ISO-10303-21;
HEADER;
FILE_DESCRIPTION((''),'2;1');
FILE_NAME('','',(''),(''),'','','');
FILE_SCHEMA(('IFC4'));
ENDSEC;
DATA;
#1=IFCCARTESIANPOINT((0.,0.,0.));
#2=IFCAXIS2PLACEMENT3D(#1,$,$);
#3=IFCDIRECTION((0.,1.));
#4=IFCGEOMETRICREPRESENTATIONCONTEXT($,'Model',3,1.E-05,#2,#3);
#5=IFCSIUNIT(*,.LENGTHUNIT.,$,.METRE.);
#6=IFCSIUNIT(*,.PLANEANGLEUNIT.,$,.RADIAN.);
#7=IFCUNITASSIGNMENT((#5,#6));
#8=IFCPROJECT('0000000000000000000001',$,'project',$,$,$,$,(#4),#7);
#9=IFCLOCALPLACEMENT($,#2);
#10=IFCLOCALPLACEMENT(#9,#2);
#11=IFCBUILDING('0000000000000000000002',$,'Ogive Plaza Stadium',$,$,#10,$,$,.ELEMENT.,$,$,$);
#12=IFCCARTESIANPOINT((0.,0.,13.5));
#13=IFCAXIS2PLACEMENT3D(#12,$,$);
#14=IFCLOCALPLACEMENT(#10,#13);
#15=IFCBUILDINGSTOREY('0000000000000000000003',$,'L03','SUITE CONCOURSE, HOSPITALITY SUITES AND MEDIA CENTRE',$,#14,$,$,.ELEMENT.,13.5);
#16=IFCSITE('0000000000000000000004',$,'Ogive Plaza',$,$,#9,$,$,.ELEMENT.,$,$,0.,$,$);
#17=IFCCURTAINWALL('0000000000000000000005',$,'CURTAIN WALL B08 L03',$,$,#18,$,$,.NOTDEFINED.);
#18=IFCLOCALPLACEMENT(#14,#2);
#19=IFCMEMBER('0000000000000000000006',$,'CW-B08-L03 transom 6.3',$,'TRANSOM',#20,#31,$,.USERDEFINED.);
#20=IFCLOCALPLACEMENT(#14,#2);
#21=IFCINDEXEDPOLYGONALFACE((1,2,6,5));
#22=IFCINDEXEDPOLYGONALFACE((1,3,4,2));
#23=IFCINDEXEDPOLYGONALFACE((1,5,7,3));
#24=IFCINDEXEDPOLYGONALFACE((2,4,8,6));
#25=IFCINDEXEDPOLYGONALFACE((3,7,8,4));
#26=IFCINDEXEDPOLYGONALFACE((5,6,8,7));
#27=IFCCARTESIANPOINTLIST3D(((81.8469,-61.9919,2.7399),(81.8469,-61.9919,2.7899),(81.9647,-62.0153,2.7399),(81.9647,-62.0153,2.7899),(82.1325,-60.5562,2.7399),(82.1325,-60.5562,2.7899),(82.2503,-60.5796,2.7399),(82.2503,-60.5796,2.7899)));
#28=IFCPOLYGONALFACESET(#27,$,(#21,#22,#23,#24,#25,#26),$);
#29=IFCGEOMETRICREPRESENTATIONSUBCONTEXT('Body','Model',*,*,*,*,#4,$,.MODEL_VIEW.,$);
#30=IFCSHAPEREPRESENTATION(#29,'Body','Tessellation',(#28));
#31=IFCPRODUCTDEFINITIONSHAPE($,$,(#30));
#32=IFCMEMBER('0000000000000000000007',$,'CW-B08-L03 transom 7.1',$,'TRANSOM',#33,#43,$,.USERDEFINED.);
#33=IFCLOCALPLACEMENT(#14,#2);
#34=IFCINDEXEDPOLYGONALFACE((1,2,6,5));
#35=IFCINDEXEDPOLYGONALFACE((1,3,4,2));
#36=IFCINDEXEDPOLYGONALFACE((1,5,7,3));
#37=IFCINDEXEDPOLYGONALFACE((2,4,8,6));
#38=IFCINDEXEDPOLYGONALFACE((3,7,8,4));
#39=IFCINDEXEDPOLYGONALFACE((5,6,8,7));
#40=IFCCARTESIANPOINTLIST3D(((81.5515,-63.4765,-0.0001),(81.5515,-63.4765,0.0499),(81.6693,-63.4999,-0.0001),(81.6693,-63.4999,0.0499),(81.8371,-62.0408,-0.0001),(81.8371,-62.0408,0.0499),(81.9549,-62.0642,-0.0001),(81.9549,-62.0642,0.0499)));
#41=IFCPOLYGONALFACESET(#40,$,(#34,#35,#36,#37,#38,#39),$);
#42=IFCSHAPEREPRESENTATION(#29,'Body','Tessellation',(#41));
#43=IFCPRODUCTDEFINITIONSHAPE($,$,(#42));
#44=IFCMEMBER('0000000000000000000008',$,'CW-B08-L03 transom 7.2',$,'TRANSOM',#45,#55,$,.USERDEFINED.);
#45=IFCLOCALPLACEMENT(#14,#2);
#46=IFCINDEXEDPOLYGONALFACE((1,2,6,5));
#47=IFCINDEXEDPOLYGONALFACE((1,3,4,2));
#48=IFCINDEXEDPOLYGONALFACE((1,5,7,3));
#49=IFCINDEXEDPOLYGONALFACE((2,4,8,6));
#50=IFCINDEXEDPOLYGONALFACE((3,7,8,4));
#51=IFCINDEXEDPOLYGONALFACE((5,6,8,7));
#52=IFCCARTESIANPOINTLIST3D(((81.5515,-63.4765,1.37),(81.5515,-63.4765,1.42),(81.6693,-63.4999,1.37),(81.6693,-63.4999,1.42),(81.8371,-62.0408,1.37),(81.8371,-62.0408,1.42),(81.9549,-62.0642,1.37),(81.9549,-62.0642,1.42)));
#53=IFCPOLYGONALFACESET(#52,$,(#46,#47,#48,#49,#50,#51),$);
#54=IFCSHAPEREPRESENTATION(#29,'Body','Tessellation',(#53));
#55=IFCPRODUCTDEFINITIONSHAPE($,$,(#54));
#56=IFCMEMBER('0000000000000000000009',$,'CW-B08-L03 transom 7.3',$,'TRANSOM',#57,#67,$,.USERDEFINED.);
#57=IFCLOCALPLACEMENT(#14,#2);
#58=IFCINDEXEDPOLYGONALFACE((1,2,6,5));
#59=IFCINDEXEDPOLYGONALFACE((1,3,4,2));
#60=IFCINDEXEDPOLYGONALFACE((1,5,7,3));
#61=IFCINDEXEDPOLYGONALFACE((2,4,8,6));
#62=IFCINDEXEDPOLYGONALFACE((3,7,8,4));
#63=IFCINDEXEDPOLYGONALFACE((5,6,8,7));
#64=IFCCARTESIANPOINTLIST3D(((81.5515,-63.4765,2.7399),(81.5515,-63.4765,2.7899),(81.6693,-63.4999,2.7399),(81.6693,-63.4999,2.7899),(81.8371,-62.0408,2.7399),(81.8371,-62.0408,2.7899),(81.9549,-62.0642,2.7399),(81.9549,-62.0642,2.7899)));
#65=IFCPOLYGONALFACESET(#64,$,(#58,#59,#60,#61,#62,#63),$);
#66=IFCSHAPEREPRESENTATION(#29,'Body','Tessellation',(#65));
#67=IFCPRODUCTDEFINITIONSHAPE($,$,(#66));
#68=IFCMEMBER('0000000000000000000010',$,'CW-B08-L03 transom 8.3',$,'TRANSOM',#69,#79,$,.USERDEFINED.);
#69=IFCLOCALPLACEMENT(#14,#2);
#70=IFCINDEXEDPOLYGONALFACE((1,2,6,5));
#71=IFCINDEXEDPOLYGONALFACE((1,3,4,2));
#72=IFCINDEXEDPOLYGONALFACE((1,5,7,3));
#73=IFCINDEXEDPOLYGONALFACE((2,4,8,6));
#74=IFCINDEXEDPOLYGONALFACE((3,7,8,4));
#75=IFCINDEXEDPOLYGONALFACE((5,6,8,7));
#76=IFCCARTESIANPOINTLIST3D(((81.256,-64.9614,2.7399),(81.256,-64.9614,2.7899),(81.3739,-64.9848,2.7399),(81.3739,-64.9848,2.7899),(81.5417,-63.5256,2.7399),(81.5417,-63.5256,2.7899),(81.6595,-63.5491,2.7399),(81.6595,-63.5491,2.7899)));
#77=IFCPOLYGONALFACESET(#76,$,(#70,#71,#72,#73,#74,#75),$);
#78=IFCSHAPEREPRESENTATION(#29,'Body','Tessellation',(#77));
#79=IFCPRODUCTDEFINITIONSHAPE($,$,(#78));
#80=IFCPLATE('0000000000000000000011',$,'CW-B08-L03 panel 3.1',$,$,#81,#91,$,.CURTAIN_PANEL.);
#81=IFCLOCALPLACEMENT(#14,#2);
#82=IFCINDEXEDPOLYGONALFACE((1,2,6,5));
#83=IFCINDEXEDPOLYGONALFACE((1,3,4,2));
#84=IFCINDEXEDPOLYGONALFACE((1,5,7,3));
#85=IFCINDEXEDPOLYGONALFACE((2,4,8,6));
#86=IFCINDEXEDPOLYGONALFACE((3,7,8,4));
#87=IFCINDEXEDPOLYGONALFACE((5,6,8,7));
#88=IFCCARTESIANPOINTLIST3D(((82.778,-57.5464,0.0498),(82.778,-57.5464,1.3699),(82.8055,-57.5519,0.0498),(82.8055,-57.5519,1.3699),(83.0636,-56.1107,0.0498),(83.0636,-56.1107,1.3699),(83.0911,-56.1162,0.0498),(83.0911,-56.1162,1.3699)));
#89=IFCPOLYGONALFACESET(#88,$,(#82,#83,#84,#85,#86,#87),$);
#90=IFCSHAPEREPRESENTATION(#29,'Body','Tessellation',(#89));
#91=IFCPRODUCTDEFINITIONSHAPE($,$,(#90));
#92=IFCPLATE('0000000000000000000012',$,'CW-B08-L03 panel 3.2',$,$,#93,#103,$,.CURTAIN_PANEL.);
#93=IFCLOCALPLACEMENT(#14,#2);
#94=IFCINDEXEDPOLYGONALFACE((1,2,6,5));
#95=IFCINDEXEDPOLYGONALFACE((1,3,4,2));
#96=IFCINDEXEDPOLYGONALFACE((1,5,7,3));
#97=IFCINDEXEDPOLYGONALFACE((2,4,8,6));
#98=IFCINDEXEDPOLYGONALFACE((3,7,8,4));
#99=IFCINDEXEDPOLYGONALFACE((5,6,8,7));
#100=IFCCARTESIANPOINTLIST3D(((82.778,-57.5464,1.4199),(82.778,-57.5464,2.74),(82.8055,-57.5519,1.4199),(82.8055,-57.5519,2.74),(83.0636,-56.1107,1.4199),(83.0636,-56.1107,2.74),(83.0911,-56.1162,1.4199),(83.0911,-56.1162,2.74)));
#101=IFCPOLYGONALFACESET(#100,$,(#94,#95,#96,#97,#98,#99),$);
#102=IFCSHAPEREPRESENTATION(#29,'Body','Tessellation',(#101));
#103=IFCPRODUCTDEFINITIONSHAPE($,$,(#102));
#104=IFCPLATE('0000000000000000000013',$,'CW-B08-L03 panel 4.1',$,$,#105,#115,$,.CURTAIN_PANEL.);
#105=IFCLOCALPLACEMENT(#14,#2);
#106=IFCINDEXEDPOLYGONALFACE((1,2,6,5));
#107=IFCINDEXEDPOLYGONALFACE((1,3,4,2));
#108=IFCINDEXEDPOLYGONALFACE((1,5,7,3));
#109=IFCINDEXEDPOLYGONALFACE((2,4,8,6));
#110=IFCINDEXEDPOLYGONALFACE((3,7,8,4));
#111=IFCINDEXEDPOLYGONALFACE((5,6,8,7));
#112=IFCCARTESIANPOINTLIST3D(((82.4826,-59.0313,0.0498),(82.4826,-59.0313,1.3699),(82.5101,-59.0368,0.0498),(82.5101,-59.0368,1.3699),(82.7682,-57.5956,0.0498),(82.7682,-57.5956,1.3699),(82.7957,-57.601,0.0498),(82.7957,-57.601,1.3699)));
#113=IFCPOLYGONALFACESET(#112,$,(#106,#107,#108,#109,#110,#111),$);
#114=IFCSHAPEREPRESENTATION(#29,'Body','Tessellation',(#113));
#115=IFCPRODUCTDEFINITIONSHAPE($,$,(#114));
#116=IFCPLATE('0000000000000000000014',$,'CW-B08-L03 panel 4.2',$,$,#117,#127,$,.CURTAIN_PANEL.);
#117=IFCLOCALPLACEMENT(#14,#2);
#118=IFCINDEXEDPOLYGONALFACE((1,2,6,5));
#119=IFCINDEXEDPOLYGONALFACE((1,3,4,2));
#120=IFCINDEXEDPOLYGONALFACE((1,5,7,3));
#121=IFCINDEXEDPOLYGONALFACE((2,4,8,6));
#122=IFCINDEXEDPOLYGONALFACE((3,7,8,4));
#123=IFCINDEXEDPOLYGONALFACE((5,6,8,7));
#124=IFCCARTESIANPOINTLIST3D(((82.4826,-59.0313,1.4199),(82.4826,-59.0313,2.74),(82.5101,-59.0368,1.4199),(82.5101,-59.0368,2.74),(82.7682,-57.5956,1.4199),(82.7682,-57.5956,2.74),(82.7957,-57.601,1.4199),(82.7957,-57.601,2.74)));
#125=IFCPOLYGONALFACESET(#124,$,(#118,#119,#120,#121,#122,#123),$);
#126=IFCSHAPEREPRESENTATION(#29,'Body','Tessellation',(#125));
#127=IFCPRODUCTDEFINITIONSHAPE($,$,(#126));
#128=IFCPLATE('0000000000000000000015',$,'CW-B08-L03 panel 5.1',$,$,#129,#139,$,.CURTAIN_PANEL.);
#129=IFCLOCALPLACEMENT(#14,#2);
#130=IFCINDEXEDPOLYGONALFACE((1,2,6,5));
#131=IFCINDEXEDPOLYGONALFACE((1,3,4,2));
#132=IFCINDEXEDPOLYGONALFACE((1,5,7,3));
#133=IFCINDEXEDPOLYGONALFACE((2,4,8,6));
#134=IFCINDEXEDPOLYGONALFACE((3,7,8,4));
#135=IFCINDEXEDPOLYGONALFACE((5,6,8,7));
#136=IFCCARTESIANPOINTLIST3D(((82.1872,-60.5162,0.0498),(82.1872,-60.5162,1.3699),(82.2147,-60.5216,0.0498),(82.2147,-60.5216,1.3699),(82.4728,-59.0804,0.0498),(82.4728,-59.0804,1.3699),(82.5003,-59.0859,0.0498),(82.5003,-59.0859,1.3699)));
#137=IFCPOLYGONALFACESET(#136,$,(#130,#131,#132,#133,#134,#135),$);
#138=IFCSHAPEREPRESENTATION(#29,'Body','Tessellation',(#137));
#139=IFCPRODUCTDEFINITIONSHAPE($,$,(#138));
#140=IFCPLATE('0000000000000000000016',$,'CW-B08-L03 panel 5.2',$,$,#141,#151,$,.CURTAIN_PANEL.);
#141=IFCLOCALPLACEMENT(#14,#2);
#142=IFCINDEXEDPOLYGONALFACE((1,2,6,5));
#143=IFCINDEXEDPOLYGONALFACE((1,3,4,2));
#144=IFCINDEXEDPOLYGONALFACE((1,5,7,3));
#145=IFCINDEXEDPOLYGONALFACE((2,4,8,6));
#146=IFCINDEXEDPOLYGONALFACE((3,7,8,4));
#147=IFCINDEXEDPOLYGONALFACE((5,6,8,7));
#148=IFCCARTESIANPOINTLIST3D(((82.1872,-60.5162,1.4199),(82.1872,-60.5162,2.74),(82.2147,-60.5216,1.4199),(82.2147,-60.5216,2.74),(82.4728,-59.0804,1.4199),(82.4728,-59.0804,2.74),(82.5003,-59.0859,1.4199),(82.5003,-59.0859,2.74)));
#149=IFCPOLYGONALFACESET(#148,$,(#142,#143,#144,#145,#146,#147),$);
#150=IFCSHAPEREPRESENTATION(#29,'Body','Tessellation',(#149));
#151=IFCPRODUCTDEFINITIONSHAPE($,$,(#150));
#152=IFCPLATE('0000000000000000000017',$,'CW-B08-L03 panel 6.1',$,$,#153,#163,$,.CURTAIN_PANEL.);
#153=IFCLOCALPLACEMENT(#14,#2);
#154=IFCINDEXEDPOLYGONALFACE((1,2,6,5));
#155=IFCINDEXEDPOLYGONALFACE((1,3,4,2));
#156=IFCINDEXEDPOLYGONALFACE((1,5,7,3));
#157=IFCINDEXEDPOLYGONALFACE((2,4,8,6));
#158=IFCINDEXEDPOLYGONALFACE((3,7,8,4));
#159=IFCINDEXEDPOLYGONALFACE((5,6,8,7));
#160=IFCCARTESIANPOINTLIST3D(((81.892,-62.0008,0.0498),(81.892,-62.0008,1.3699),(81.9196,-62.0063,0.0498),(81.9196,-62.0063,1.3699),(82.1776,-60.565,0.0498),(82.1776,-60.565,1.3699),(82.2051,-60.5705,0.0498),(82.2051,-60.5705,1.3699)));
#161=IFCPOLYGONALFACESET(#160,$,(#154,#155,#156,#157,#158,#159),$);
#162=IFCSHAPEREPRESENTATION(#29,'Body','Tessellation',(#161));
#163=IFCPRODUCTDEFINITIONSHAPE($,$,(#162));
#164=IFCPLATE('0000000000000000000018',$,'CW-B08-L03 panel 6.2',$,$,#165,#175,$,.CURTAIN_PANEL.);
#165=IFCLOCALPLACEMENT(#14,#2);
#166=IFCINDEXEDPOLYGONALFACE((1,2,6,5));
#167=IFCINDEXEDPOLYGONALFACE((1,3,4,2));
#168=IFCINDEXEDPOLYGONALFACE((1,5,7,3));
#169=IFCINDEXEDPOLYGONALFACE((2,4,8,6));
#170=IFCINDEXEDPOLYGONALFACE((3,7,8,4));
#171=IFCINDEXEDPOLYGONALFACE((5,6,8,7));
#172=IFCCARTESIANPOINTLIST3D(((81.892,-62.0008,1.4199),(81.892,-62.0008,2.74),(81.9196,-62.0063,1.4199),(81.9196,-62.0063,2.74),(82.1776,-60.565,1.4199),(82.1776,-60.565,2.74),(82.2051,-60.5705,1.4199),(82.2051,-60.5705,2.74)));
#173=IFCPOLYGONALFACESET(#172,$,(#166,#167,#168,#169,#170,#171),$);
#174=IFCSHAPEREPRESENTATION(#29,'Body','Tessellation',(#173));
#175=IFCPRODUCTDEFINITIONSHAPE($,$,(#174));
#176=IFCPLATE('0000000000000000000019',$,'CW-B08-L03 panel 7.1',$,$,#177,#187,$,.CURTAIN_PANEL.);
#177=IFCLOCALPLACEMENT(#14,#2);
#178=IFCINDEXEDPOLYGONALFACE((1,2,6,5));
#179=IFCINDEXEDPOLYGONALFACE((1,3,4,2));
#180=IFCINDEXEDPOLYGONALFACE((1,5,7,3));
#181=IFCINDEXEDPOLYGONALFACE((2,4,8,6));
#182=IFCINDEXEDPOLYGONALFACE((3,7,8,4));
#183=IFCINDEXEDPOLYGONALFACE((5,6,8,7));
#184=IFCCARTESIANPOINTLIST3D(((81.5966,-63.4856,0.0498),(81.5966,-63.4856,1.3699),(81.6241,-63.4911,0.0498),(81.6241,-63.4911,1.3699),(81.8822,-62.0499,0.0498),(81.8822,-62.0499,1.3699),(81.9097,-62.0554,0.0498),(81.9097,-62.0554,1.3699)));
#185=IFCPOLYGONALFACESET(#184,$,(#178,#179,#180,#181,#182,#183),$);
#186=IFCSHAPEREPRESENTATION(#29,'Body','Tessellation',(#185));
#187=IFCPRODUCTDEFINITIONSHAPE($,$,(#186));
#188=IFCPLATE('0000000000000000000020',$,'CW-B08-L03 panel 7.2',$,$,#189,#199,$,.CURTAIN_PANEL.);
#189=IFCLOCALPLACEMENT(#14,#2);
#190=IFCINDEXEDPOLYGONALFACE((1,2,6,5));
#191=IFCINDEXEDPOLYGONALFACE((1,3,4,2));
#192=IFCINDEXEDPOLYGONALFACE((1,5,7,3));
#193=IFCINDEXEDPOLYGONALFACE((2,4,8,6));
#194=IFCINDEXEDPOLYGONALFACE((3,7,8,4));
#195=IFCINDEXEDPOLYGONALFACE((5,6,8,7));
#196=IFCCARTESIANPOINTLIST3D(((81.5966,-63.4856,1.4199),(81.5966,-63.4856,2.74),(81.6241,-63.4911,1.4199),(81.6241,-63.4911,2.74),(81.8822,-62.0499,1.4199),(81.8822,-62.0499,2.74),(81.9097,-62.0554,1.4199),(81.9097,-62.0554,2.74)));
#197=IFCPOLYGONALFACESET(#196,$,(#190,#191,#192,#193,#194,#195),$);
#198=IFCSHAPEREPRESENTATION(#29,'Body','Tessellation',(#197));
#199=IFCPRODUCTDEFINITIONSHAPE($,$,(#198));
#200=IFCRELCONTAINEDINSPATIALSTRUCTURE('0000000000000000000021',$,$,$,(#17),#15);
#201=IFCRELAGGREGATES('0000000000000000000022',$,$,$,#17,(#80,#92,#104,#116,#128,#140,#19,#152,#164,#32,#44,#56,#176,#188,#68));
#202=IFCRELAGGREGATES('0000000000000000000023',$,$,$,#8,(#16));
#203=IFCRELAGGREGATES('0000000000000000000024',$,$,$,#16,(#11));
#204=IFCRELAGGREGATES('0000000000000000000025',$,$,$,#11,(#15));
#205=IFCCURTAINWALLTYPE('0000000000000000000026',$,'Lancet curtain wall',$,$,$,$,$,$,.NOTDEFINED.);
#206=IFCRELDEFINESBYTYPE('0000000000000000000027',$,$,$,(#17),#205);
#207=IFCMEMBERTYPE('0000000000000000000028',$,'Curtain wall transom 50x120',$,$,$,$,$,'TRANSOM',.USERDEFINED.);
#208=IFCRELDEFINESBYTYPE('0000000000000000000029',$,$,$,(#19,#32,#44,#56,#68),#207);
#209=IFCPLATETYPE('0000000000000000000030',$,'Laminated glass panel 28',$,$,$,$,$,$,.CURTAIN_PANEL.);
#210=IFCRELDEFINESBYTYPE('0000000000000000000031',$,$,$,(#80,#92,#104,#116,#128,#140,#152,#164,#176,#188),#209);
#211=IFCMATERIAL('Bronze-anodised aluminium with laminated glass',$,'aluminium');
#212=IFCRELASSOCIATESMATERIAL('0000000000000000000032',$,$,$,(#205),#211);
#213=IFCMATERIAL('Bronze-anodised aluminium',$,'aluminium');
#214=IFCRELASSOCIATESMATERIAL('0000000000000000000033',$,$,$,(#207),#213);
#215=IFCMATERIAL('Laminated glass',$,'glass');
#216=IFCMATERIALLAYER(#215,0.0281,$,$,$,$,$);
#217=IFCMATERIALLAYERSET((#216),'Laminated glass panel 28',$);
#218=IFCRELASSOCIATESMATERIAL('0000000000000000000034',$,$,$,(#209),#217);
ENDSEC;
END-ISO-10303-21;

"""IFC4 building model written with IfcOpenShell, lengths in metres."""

from ifc_helpers import new_model, si_unit, direction, frame, origin, origin_2d, place, context, subcontext, project, spatial, rectangle, extrude, material, layer, layer_set, material_profile, profile_set, type_object, element, aggregate, save


model = new_model("IFC4")

# Units and contexts
model_context = context("Model", 3, precision=1e-05, world=origin(), true_north=direction((0.0, 1.0)))
body_context = subcontext(model_context, "Body", "Model", "MODEL_VIEW")
ifc_project = project(units=[si_unit("LENGTHUNIT", "METRE"), si_unit("PLANEANGLEUNIT", "RADIAN")], contexts=[model_context])

# Site, building, storey
site_placement = place(None, origin())
site = spatial("IfcSite", under=ifc_project, at=site_placement, Name="Ogive Plaza", CompositionType="ELEMENT", RefElevation=0.0)
building_placement = place(site_placement, origin())
building = spatial("IfcBuilding", under=site, at=building_placement, Name="Ogive Plaza Stadium", CompositionType="ELEMENT")
storey_placement = place(building_placement, frame((0.0, 0.0, 13.5)))
storey = spatial("IfcBuildingStorey", under=building, at=storey_placement, Name="L03", Description="SUITE CONCOURSE, HOSPITALITY SUITES AND MEDIA CENTRE", CompositionType="ELEMENT", Elevation=13.5)

# Curtain wall, members, plates
ifc_material_1 = material(Name="Bronze-anodised aluminium with laminated glass", Category="aluminium")
curtain_wall_type = type_object("IfcCurtainWallType", Name="Lancet curtain wall", PredefinedType="NOTDEFINED", material=ifc_material_1)
curtain_wall_placement = place(storey_placement, origin())
curtain_wall = element("IfcCurtainWall", 1, at=curtain_wall_placement, inside=storey, type_object=curtain_wall_type, Name="CURTAIN WALL B08 L03", PredefinedType="NOTDEFINED")
ifc_material_2 = material(Name="Bronze-anodised aluminium", Category="aluminium")
ifc_material_profile_1 = material_profile(ifc_material_2, rectangle(XDim=0.1201, YDim=0.05, at=origin_2d()), Name="AL 120x50")
ifc_profile_set_1 = profile_set([ifc_material_profile_1], Name="Bronze-anodised aluminium")
member_type_1 = type_object("IfcMemberType", Name="Curtain wall transom 50x120", ElementType="TRANSOM", PredefinedType="USERDEFINED", material=ifc_profile_set_1)
member_1_placement = place(storey_placement, frame((82.1914, -60.5679, 2.7649), z_axis=(-0.195122, -0.980779, 0.0), x_axis=(0.980779, -0.195122, 0.0)))
member_1 = element("IfcMember", 2, at=member_1_placement, type_object=member_type_1, Name="CW-B08-L03 transom 6.3", ObjectType="TRANSOM", PredefinedType="USERDEFINED", context=body_context, shape_type="SweptSolid", body=[
    extrude(rectangle(XDim=0.1201, YDim=0.05, at=origin_2d()), origin(), (0.0, 0.0, 1.0), 1.4639),
])
member_2_placement = place(storey_placement, frame((81.896, -62.0525, 0.0249), z_axis=(-0.195122, -0.980779, 0.0), x_axis=(0.980779, -0.195122, 0.0)))
member_2 = element("IfcMember", 3, at=member_2_placement, type_object=member_type_1, Name="CW-B08-L03 transom 7.1", ObjectType="TRANSOM", PredefinedType="USERDEFINED", context=body_context, shape_type="SweptSolid", body=[
    extrude(rectangle(XDim=0.1201, YDim=0.05, at=origin_2d()), origin(), (0.0, 0.0, 1.0), 1.4639),
])
member_3_placement = place(storey_placement, frame((81.896, -62.0525, 1.395), z_axis=(-0.195122, -0.980779, 0.0), x_axis=(0.980779, -0.195122, 0.0)))
member_3 = element("IfcMember", 4, at=member_3_placement, type_object=member_type_1, Name="CW-B08-L03 transom 7.2", ObjectType="TRANSOM", PredefinedType="USERDEFINED", context=body_context, shape_type="SweptSolid", body=[
    extrude(rectangle(XDim=0.1201, YDim=0.05, at=origin_2d()), origin(), (0.0, 0.0, 1.0), 1.4639),
])
member_4_placement = place(storey_placement, frame((81.896, -62.0525, 2.7649), z_axis=(-0.195122, -0.980779, 0.0), x_axis=(0.980779, -0.195122, 0.0)))
member_4 = element("IfcMember", 5, at=member_4_placement, type_object=member_type_1, Name="CW-B08-L03 transom 7.3", ObjectType="TRANSOM", PredefinedType="USERDEFINED", context=body_context, shape_type="SweptSolid", body=[
    extrude(rectangle(XDim=0.1201, YDim=0.05, at=origin_2d()), origin(), (0.0, 0.0, 1.0), 1.4639),
])
member_5_placement = place(storey_placement, frame((81.6006, -63.5374, 2.7649), z_axis=(-0.195122, -0.980779, 0.0), x_axis=(0.980779, -0.195122, 0.0)))
member_5 = element("IfcMember", 6, at=member_5_placement, type_object=member_type_1, Name="CW-B08-L03 transom 8.3", ObjectType="TRANSOM", PredefinedType="USERDEFINED", context=body_context, shape_type="SweptSolid", body=[
    extrude(rectangle(XDim=0.1201, YDim=0.05, at=origin_2d()), origin(), (0.0, 0.0, 1.0), 1.4639),
])
ifc_material_3 = material(Name="Laminated glass", Category="glass")
ifc_layer_1 = layer(ifc_material_3, 0.0281)
ifc_layer_set_1 = layer_set([ifc_layer_1], Name="Laminated glass panel 28")
plate_type = type_object("IfcPlateType", Name="Laminated glass panel 28", PredefinedType="CURTAIN_PANEL", material=ifc_layer_set_1)
plate_1_placement = place(storey_placement, frame((82.9346, -56.8313, 0.0498), z_axis=(0.0, 0.0, 1.0), x_axis=(-0.19509, -0.980785, 0.0)))
plate_1 = element("IfcPlate", 7, at=plate_1_placement, type_object=plate_type, Name="CW-B08-L03 panel 3.1", PredefinedType="CURTAIN_PANEL", context=body_context, shape_type="SweptSolid", body=[
    extrude(rectangle(XDim=1.4639, YDim=0.0281, at=origin_2d()), origin(), (0.0, 0.0, 1.0), 1.3201),
])
plate_2_placement = place(storey_placement, frame((82.9346, -56.8313, 1.4199), z_axis=(0.0, 0.0, 1.0), x_axis=(-0.19509, -0.980785, 0.0)))
plate_2 = element("IfcPlate", 8, at=plate_2_placement, type_object=plate_type, Name="CW-B08-L03 panel 3.2", PredefinedType="CURTAIN_PANEL", context=body_context, shape_type="SweptSolid", body=[
    extrude(rectangle(XDim=1.4639, YDim=0.0281, at=origin_2d()), origin(), (0.0, 0.0, 1.0), 1.3201),
])
plate_3_placement = place(storey_placement, frame((82.6392, -58.3162, 0.0498), z_axis=(0.0, 0.0, 1.0), x_axis=(-0.19509, -0.980785, 0.0)))
plate_3 = element("IfcPlate", 9, at=plate_3_placement, type_object=plate_type, Name="CW-B08-L03 panel 4.1", PredefinedType="CURTAIN_PANEL", context=body_context, shape_type="SweptSolid", body=[
    extrude(rectangle(XDim=1.4639, YDim=0.0281, at=origin_2d()), origin(), (0.0, 0.0, 1.0), 1.3201),
])
plate_4_placement = place(storey_placement, frame((82.6392, -58.3162, 1.4199), z_axis=(0.0, 0.0, 1.0), x_axis=(-0.19509, -0.980785, 0.0)))
plate_4 = element("IfcPlate", 10, at=plate_4_placement, type_object=plate_type, Name="CW-B08-L03 panel 4.2", PredefinedType="CURTAIN_PANEL", context=body_context, shape_type="SweptSolid", body=[
    extrude(rectangle(XDim=1.4639, YDim=0.0281, at=origin_2d()), origin(), (0.0, 0.0, 1.0), 1.3201),
])
plate_5_placement = place(storey_placement, frame((82.3438, -59.801, 0.0498), z_axis=(0.0, 0.0, 1.0), x_axis=(-0.19509, -0.980785, 0.0)))
plate_5 = element("IfcPlate", 11, at=plate_5_placement, type_object=plate_type, Name="CW-B08-L03 panel 5.1", PredefinedType="CURTAIN_PANEL", context=body_context, shape_type="SweptSolid", body=[
    extrude(rectangle(XDim=1.4639, YDim=0.0281, at=origin_2d()), origin(), (0.0, 0.0, 1.0), 1.3201),
])
plate_6_placement = place(storey_placement, frame((82.3438, -59.801, 1.4199), z_axis=(0.0, 0.0, 1.0), x_axis=(-0.19509, -0.980785, 0.0)))
plate_6 = element("IfcPlate", 12, at=plate_6_placement, type_object=plate_type, Name="CW-B08-L03 panel 5.2", PredefinedType="CURTAIN_PANEL", context=body_context, shape_type="SweptSolid", body=[
    extrude(rectangle(XDim=1.4639, YDim=0.0281, at=origin_2d()), origin(), (0.0, 0.0, 1.0), 1.3201),
])
plate_7_placement = place(storey_placement, frame((82.0486, -61.2856, 0.0498), z_axis=(0.0, 0.0, 1.0), x_axis=(-0.19509, -0.980785, 0.0)))
plate_7 = element("IfcPlate", 13, at=plate_7_placement, type_object=plate_type, Name="CW-B08-L03 panel 6.1", PredefinedType="CURTAIN_PANEL", context=body_context, shape_type="SweptSolid", body=[
    extrude(rectangle(XDim=1.4639, YDim=0.0281, at=origin_2d()), origin(), (0.0, 0.0, 1.0), 1.3201),
])
plate_8_placement = place(storey_placement, frame((82.0486, -61.2856, 1.4199), z_axis=(0.0, 0.0, 1.0), x_axis=(-0.19509, -0.980785, 0.0)))
plate_8 = element("IfcPlate", 14, at=plate_8_placement, type_object=plate_type, Name="CW-B08-L03 panel 6.2", PredefinedType="CURTAIN_PANEL", context=body_context, shape_type="SweptSolid", body=[
    extrude(rectangle(XDim=1.4639, YDim=0.0281, at=origin_2d()), origin(), (0.0, 0.0, 1.0), 1.3201),
])
plate_9_placement = place(storey_placement, frame((81.7532, -62.7705, 0.0498), z_axis=(0.0, 0.0, 1.0), x_axis=(-0.19509, -0.980785, 0.0)))
plate_9 = element("IfcPlate", 15, at=plate_9_placement, type_object=plate_type, Name="CW-B08-L03 panel 7.1", PredefinedType="CURTAIN_PANEL", context=body_context, shape_type="SweptSolid", body=[
    extrude(rectangle(XDim=1.4639, YDim=0.0281, at=origin_2d()), origin(), (0.0, 0.0, 1.0), 1.3201),
])
plate_10_placement = place(storey_placement, frame((81.7532, -62.7705, 1.4199), z_axis=(0.0, 0.0, 1.0), x_axis=(-0.19509, -0.980785, 0.0)))
plate_10 = element("IfcPlate", 16, at=plate_10_placement, type_object=plate_type, Name="CW-B08-L03 panel 7.2", PredefinedType="CURTAIN_PANEL", context=body_context, shape_type="SweptSolid", body=[
    extrude(rectangle(XDim=1.4639, YDim=0.0281, at=origin_2d()), origin(), (0.0, 0.0, 1.0), 1.3201),
])
aggregate(curtain_wall, [plate_1, plate_2, plate_3, plate_4, plate_5, plate_6, member_1, plate_7, plate_8, member_2, member_3, member_4, plate_9, plate_10, member_5])

save(model, "model.ifc")
